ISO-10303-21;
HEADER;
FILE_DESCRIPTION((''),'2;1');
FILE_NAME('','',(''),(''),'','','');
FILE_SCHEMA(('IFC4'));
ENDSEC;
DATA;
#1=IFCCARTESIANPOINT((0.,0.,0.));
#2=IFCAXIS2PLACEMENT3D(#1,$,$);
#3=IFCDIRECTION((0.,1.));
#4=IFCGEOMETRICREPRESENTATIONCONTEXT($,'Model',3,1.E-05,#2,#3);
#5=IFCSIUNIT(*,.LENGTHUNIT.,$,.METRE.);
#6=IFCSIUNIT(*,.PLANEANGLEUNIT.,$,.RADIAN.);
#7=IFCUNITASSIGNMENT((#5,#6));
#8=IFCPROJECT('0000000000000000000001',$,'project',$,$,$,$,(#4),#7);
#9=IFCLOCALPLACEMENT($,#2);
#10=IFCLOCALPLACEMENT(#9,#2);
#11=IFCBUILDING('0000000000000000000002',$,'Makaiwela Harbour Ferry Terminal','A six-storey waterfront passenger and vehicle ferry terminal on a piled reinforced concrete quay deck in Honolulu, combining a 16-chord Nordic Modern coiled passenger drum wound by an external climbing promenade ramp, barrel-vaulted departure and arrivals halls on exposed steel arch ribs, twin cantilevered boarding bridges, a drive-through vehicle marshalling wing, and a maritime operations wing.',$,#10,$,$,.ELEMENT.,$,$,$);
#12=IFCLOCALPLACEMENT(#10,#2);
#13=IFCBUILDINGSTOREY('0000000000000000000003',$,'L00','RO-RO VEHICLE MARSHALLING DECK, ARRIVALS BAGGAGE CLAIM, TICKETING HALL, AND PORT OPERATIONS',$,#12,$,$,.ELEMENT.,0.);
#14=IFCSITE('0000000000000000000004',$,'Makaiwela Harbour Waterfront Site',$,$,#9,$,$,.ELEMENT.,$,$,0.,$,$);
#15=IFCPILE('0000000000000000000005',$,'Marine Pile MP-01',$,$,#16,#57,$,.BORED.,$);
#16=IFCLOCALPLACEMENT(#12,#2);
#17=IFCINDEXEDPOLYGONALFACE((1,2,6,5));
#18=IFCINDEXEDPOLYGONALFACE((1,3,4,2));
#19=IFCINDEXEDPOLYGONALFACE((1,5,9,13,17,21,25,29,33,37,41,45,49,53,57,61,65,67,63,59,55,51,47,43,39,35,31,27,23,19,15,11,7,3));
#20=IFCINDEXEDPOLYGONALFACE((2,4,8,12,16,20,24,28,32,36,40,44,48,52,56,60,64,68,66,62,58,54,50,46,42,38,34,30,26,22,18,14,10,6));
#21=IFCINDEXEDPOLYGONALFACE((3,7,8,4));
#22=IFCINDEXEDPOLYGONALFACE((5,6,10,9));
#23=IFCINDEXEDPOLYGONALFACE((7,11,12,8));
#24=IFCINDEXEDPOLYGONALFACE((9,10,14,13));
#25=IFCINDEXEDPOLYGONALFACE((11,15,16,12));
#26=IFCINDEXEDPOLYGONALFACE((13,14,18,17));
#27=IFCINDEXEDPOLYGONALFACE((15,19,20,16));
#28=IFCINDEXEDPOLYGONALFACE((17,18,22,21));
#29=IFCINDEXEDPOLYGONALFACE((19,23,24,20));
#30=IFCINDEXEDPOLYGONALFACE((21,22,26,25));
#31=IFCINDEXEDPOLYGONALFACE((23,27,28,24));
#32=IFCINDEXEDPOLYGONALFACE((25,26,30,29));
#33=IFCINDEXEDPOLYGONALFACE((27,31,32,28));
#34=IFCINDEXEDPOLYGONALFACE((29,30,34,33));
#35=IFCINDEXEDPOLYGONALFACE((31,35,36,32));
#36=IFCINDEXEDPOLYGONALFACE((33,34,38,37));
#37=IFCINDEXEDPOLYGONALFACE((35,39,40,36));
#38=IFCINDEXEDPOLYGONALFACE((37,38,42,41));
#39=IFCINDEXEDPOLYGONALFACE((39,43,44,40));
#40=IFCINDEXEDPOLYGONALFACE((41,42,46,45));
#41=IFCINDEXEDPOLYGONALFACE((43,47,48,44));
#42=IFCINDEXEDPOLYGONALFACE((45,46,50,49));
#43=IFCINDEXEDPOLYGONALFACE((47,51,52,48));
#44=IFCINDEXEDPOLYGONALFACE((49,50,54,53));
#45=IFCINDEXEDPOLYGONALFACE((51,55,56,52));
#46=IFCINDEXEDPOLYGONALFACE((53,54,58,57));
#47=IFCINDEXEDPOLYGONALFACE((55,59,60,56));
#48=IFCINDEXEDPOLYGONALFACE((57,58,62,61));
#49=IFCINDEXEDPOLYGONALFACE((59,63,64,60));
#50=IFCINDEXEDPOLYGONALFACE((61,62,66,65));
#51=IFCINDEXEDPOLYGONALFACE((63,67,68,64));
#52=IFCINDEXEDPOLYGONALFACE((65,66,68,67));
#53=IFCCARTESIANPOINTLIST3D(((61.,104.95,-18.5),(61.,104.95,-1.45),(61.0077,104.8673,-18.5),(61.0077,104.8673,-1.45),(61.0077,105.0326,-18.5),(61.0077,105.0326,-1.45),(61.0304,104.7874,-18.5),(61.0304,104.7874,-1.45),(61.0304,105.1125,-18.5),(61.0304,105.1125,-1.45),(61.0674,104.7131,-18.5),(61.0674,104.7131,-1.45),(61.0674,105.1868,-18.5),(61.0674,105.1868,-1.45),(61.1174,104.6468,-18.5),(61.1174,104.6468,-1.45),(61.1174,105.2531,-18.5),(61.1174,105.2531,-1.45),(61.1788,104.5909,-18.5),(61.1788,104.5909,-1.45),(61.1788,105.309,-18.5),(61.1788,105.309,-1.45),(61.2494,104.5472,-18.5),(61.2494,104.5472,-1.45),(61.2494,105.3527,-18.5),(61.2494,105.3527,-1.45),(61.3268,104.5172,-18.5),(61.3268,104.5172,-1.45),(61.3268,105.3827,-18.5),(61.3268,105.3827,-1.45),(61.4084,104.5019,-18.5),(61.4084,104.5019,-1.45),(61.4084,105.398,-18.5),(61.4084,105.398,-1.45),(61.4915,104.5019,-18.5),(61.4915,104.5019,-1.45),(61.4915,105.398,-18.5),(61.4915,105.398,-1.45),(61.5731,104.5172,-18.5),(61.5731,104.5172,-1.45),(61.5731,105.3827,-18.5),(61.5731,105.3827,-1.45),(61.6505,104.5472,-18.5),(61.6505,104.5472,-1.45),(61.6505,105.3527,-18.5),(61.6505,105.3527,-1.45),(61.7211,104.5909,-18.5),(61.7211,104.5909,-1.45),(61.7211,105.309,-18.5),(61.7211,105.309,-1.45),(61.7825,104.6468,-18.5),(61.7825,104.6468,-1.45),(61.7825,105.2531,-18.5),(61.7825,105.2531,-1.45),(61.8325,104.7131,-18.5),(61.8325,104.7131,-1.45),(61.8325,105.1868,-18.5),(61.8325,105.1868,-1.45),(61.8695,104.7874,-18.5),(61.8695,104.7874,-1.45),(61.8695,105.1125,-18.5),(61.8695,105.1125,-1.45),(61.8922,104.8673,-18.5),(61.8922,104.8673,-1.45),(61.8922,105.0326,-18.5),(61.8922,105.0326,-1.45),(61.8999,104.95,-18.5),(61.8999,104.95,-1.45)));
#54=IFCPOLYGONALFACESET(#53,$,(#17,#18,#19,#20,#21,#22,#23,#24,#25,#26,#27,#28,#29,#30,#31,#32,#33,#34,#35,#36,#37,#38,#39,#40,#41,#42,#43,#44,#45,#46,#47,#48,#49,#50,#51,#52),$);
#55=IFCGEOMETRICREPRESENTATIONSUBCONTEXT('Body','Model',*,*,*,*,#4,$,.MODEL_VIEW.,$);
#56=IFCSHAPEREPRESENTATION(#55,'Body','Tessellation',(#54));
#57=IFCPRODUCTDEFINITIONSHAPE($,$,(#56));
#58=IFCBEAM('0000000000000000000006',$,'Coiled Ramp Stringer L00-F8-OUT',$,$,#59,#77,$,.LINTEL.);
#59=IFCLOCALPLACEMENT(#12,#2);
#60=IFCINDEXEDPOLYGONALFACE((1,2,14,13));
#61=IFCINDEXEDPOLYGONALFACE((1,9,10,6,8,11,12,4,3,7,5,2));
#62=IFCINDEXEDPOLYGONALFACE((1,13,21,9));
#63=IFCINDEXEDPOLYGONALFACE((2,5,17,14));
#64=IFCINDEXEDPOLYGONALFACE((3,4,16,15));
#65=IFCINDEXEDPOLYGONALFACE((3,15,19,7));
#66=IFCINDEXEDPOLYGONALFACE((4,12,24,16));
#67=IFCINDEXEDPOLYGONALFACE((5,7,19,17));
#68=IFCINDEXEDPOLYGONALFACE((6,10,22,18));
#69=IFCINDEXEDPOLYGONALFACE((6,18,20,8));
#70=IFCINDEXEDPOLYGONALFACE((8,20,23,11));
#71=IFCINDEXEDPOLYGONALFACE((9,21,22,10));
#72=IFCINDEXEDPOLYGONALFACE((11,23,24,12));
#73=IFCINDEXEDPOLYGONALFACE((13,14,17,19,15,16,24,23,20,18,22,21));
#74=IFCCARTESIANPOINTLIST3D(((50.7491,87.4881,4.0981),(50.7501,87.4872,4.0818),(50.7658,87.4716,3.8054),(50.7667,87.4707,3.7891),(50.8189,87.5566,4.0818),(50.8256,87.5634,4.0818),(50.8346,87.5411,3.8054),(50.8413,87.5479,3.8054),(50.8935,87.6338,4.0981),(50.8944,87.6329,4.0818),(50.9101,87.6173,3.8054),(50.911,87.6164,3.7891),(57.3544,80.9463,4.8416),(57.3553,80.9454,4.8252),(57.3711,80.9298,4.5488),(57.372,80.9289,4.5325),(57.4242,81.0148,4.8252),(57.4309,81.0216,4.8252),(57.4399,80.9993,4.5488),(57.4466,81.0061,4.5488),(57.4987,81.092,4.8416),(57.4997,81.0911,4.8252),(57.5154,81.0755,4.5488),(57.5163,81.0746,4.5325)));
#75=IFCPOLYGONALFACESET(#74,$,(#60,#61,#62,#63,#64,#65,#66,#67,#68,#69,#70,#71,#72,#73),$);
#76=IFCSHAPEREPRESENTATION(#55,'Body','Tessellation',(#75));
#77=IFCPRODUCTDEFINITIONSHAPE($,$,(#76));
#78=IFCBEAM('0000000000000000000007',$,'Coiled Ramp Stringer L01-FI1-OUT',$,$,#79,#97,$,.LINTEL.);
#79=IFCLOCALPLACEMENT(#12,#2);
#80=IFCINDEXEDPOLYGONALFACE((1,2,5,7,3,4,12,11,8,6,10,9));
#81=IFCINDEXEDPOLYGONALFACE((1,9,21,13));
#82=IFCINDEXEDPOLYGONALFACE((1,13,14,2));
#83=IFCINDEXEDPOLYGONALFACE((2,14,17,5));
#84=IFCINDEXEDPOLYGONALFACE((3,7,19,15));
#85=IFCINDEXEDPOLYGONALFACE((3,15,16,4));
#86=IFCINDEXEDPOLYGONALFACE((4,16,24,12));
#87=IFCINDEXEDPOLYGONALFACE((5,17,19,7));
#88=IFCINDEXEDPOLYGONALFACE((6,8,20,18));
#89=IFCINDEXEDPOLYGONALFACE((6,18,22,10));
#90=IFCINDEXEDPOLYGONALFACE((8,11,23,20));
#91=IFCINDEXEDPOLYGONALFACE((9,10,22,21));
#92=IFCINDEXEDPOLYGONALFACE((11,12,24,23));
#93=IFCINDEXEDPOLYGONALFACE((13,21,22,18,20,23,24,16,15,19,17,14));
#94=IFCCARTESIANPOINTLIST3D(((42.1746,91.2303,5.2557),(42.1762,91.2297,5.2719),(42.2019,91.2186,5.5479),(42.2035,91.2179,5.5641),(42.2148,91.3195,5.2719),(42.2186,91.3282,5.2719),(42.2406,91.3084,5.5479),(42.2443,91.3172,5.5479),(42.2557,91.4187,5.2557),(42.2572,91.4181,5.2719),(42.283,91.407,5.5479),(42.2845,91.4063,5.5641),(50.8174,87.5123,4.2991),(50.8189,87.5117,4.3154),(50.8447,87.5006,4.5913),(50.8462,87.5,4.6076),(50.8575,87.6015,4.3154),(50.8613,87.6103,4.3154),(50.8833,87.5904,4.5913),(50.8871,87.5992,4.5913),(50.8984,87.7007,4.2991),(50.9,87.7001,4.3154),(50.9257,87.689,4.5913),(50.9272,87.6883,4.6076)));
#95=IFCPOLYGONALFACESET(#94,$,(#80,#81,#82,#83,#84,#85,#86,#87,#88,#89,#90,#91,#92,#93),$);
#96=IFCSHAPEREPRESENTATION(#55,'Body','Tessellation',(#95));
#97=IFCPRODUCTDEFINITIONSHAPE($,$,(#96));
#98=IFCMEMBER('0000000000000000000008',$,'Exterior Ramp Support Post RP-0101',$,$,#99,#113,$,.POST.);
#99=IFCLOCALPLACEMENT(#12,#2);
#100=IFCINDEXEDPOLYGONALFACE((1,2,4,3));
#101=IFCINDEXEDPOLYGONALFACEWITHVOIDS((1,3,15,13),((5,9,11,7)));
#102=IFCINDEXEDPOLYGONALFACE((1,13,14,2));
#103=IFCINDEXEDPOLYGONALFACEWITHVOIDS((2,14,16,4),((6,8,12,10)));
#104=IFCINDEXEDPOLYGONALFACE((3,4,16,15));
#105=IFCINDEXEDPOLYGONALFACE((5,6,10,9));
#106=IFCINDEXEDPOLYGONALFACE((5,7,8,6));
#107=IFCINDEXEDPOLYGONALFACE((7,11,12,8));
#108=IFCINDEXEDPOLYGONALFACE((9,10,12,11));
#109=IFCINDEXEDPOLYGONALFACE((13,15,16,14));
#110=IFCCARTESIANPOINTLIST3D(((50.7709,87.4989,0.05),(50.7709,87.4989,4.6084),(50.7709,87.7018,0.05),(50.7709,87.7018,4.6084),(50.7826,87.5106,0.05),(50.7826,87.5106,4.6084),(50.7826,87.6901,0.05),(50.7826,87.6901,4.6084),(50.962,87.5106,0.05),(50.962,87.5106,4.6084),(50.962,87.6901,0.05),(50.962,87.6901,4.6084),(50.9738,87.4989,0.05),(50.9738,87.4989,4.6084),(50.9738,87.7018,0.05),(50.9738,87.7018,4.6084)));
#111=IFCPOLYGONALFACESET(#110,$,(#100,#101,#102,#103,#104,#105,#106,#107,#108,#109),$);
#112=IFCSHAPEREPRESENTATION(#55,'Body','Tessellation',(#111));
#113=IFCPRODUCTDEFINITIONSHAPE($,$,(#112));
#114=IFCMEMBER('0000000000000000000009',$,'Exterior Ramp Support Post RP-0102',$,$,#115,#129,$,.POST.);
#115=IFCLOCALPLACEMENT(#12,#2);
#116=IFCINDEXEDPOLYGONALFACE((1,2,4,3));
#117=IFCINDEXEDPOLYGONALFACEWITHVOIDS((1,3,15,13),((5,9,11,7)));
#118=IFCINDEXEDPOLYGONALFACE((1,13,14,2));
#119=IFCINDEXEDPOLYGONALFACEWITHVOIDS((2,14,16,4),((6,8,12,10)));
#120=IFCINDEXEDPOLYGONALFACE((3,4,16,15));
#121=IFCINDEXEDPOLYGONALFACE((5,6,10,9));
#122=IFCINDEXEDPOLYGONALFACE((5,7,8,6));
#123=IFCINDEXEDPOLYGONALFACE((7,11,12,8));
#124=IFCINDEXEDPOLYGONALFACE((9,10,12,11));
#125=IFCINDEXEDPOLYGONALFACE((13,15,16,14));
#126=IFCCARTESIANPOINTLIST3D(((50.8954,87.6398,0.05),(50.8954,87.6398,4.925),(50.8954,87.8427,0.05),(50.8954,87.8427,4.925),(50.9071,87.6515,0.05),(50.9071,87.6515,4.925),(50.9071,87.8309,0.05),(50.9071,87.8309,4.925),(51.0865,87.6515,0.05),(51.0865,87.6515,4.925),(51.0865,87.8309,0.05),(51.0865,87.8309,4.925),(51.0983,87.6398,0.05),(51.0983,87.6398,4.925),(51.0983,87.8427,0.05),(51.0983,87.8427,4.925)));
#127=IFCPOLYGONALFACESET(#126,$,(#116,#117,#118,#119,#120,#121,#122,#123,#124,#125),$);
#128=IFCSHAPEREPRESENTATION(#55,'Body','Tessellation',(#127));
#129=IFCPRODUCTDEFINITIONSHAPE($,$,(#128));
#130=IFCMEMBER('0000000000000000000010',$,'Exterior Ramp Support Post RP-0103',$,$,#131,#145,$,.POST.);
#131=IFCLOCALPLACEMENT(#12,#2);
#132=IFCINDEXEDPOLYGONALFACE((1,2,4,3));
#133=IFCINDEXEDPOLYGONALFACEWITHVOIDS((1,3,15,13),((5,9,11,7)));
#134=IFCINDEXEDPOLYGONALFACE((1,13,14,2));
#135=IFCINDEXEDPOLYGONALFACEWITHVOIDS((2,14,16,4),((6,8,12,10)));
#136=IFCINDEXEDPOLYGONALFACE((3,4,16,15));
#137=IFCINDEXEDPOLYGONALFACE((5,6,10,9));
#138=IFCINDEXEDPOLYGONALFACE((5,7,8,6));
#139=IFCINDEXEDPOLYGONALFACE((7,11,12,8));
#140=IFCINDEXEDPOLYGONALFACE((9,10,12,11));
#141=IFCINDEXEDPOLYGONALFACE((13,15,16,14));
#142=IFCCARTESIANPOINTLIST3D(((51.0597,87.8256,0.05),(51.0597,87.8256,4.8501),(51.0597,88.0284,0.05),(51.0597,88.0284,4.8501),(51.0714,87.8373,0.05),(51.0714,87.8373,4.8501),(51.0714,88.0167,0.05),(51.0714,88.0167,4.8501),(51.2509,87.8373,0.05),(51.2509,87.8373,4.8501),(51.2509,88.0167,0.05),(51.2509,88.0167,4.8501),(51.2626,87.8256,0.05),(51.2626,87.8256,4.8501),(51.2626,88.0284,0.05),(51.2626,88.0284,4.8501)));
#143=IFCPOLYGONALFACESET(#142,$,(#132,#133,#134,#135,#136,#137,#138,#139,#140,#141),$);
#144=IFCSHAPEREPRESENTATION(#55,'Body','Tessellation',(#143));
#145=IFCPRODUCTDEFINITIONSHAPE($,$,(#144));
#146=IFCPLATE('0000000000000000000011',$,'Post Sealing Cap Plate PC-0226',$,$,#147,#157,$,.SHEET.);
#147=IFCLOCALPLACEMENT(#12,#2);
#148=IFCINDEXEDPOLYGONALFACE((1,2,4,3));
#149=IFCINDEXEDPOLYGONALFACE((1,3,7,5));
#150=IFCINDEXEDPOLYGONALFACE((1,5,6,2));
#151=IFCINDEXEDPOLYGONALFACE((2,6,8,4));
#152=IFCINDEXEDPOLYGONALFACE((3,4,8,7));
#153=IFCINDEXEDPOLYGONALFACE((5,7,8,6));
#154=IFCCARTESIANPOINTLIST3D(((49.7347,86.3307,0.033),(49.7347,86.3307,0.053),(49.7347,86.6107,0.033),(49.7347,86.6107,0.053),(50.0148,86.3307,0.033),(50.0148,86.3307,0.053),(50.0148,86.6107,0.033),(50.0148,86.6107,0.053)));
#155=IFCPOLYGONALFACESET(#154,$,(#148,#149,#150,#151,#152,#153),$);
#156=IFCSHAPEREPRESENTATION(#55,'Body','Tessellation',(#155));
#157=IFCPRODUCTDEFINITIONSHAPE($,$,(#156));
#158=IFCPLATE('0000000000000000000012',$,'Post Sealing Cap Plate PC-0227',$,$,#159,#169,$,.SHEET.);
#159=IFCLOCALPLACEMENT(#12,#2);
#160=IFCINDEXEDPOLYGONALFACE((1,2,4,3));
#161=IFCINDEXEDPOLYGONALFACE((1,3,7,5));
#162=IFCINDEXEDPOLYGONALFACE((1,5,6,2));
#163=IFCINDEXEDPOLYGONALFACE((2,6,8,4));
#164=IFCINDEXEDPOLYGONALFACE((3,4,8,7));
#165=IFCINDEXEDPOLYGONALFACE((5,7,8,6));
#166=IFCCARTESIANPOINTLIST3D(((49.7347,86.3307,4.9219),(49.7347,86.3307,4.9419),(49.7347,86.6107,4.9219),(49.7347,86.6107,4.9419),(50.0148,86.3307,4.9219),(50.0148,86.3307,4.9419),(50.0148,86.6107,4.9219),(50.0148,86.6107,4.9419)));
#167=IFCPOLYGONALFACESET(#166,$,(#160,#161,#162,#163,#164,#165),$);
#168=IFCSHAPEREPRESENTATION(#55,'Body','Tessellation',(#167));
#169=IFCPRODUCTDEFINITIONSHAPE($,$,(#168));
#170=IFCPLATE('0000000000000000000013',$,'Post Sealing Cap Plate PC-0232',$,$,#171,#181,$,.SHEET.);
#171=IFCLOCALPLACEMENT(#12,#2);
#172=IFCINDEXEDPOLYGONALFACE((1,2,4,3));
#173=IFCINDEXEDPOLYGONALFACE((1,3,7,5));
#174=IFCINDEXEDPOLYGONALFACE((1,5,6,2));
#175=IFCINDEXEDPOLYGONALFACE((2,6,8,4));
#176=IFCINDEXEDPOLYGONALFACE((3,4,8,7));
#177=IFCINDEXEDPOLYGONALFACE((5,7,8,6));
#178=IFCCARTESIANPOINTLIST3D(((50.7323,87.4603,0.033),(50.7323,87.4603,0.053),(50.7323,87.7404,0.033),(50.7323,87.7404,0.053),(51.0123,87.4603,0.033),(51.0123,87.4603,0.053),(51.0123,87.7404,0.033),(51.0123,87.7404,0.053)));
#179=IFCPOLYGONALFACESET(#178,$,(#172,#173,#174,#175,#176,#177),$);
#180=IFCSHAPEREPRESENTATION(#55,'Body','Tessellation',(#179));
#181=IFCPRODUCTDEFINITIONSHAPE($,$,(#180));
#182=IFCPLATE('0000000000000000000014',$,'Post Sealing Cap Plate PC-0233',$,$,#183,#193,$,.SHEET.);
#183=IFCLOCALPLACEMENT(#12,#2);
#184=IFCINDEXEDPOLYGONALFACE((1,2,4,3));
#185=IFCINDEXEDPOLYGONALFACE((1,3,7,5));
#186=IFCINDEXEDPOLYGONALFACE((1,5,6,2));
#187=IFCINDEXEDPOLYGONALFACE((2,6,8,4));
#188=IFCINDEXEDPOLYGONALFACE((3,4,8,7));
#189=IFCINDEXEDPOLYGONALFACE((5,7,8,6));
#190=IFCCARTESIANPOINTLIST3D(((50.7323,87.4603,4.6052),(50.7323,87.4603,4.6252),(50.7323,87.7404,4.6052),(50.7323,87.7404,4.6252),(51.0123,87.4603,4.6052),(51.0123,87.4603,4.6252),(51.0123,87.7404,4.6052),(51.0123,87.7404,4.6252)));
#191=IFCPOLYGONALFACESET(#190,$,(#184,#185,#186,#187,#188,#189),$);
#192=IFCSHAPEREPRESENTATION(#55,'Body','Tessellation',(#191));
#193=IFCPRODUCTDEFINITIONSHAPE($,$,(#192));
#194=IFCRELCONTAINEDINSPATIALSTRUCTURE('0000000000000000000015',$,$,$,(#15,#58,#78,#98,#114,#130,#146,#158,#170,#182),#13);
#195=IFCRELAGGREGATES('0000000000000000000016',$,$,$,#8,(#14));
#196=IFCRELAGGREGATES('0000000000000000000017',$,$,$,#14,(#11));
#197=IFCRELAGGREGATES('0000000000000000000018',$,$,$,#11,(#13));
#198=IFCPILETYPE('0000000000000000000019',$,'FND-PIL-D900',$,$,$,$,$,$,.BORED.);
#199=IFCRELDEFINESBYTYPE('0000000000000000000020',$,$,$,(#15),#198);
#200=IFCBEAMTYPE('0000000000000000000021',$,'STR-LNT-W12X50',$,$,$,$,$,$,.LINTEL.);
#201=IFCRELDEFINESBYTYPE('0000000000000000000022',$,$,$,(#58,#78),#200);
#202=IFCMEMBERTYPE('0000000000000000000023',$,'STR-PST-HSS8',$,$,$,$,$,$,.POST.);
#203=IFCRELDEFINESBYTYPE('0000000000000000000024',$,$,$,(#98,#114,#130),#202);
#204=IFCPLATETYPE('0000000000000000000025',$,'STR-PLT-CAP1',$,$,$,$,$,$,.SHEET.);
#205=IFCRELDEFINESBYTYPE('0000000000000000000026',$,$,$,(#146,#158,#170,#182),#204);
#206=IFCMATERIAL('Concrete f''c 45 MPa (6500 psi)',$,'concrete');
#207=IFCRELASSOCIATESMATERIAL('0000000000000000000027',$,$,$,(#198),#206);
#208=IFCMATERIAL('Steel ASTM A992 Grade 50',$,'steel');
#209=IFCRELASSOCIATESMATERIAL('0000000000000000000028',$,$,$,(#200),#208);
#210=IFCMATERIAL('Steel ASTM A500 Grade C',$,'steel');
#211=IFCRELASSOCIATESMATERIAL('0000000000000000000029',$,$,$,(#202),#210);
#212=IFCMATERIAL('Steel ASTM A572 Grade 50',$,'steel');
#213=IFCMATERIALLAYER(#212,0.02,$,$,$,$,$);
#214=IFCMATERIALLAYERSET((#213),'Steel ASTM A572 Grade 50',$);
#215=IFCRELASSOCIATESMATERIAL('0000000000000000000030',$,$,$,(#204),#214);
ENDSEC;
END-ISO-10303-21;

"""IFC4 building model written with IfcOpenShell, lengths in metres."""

from ifc_helpers import new_model, si_unit, direction, frame, origin, origin_2d, place, context, subcontext, project, spatial, rectangle, hollow_rectangle, circle, i_section, extrude, material, layer, layer_set, material_profile, profile_set, type_object, element, save


model = new_model("IFC4")

# Units and contexts
model_context = context("Model", 3, precision=1e-05, world=origin(), true_north=direction((0.0, 1.0)))
body_context = subcontext(model_context, "Body", "Model", "MODEL_VIEW")
ifc_project = project(units=[si_unit("LENGTHUNIT", "METRE"), si_unit("PLANEANGLEUNIT", "RADIAN")], contexts=[model_context])

# Site, building, storey
site_placement = place(None, origin())
site = spatial("IfcSite", under=ifc_project, at=site_placement, Name="Makaiwela Harbour Waterfront Site", CompositionType="ELEMENT", RefElevation=0.0)
building_placement = place(site_placement, origin())
building = spatial("IfcBuilding", under=site, at=building_placement, Name="Makaiwela Harbour Ferry Terminal", Description="A six-storey waterfront passenger and vehicle ferry terminal on a piled reinforced concrete quay deck in Honolulu, combining a 16-chord Nordic Modern coiled passenger drum wound by an external climbing promenade ramp, barrel-vaulted departure and arrivals halls on exposed steel arch ribs, twin cantilevered boarding bridges, a drive-through vehicle marshalling wing, and a maritime operations wing.", CompositionType="ELEMENT")
storey_placement = place(building_placement, origin())
storey = spatial("IfcBuildingStorey", under=building, at=storey_placement, Name="L00", Description="RO-RO VEHICLE MARSHALLING DECK, ARRIVALS BAGGAGE CLAIM, TICKETING HALL, AND PORT OPERATIONS", CompositionType="ELEMENT", Elevation=0.0)

# Pile
ifc_material_1 = material(Name="Concrete f'c 45 MPa (6500 psi)", Category="concrete")
ifc_material_profile_1 = material_profile(ifc_material_1, circle(Radius=0.45, at=origin_2d()), Name="PILE-D900")
ifc_profile_set_1 = profile_set([ifc_material_profile_1], Name="Concrete f'c 45 MPa (6500 psi)")
pile_type = type_object("IfcPileType", Name="FND-PIL-D900", PredefinedType="BORED", material=ifc_profile_set_1)
for number, where, z_axis, x_axis, name in (
    (1, (61.45, 104.95, -1.45), (0.0, 0.0, -1.0), (1.0, 0.0, 0.0), "Marine Pile MP-01"),
):
    element("IfcPile", number, at=place(storey_placement, frame(where, z_axis=z_axis, x_axis=x_axis)), inside=storey, type_object=pile_type, Name=name, PredefinedType="BORED", context=body_context, shape_type="SweptSolid", body=[
        extrude(circle(Radius=0.45, at=origin_2d()), origin(), (0.0, 0.0, 1.0), 17.05),
    ])

# Beams
ifc_material_2 = material(Name="Steel ASTM A992 Grade 50", Category="steel")
ifc_material_profile_2 = material_profile(ifc_material_2, i_section(OverallWidth=0.2051, OverallDepth=0.3101, WebThickness=0.0095, FlangeThickness=0.0164, at=origin_2d()), Name="W12X50")
ifc_profile_set_2 = profile_set([ifc_material_profile_2], Name="Steel ASTM A992 Grade 50")
beam_type = type_object("IfcBeamType", Name="STR-LNT-W12X50", PredefinedType="LINTEL", material=ifc_profile_set_2)
beam_1_placement = place(storey_placement, frame((50.8301, 87.5522, 3.9436), z_axis=(0.708252, -0.701445, 0.079713), x_axis=(0.703685, 0.710513, 0.0)))
element("IfcBeam", 2, at=beam_1_placement, inside=storey, type_object=beam_type, Name="Coiled Ramp Stringer L00-F8-OUT", PredefinedType="LINTEL", context=body_context, shape_type="SweptSolid", body=[
    extrude(i_section(OverallWidth=0.2051, OverallDepth=0.3101, WebThickness=0.0095, FlangeThickness=0.0164, at=origin_2d()), origin(), (0.0, 0.0, 1.0), 9.3262),
])
beam_2_placement = place(storey_placement, frame((50.8723, 87.6003, 4.4534), z_axis=(-0.913896, 0.393145, 0.101145), x_axis=(-0.395172, -0.918607, 0.0)))
element("IfcBeam", 3, at=beam_2_placement, inside=storey, type_object=beam_type, Name="Coiled Ramp Stringer L01-FI1-OUT", PredefinedType="LINTEL", context=body_context, shape_type="SweptSolid", body=[
    extrude(i_section(OverallWidth=0.2051, OverallDepth=0.3101, WebThickness=0.0095, FlangeThickness=0.0164, at=origin_2d()), origin(), (0.0, 0.0, 1.0), 9.457),
])

# Members
ifc_material_3 = material(Name="Steel ASTM A500 Grade C", Category="steel")
ifc_material_profile_3 = material_profile(ifc_material_3, hollow_rectangle(XDim=0.2029, YDim=0.2029, WallThickness=0.0117, at=origin_2d()), Name="HSS8X8X1/2")
ifc_profile_set_3 = profile_set([ifc_material_profile_3], Name="Steel ASTM A500 Grade C")
member_type = type_object("IfcMemberType", Name="STR-PST-HSS8", PredefinedType="POST", material=ifc_profile_set_3)
member_1_placement = place(storey_placement, frame((50.8723, 87.6003, 0.05), z_axis=(0.0, 0.0, 1.0), x_axis=(1.0, 0.0, 0.0)))
element("IfcMember", 4, at=member_1_placement, inside=storey, type_object=member_type, Name="Exterior Ramp Support Post RP-0101", PredefinedType="POST", context=body_context, shape_type="SweptSolid", body=[
    extrude(hollow_rectangle(XDim=0.2029, YDim=0.2029, WallThickness=0.0117, at=origin_2d()), origin(), (0.0, 0.0, 1.0), 4.5583),
])
member_2_placement = place(storey_placement, frame((50.9968, 87.7412, 0.05), z_axis=(0.0, 0.0, 1.0), x_axis=(1.0, 0.0, 0.0)))
element("IfcMember", 5, at=member_2_placement, inside=storey, type_object=member_type, Name="Exterior Ramp Support Post RP-0102", PredefinedType="POST", context=body_context, shape_type="SweptSolid", body=[
    extrude(hollow_rectangle(XDim=0.2029, YDim=0.2029, WallThickness=0.0117, at=origin_2d()), origin(), (0.0, 0.0, 1.0), 4.875),
])
member_3_placement = place(storey_placement, frame((51.1611, 87.927, 0.05), z_axis=(0.0, 0.0, 1.0), x_axis=(1.0, 0.0, 0.0)))
element("IfcMember", 6, at=member_3_placement, inside=storey, type_object=member_type, Name="Exterior Ramp Support Post RP-0103", PredefinedType="POST", context=body_context, shape_type="SweptSolid", body=[
    extrude(hollow_rectangle(XDim=0.2029, YDim=0.2029, WallThickness=0.0117, at=origin_2d()), origin(), (0.0, 0.0, 1.0), 4.8),
])

# Plates
ifc_material_4 = material(Name="Steel ASTM A572 Grade 50", Category="steel")
ifc_layer_1 = layer(ifc_material_4, 0.02)
ifc_layer_set_1 = layer_set([ifc_layer_1], Name="Steel ASTM A572 Grade 50")
plate_type = type_object("IfcPlateType", Name="STR-PLT-CAP1", PredefinedType="SHEET", material=ifc_layer_set_1)
for number, where, z_axis, x_axis, name in (
    (7, (49.8748, 86.4707, 0.033), (0.0, 0.0, 1.0), (1.0, 0.0, 0.0), "Post Sealing Cap Plate PC-0226"),
    (8, (49.8748, 86.4707, 4.9219), (0.0, 0.0, 1.0), (1.0, 0.0, 0.0), "Post Sealing Cap Plate PC-0227"),
    (9, (50.8723, 87.6003, 0.033), (0.0, 0.0, 1.0), (1.0, 0.0, 0.0), "Post Sealing Cap Plate PC-0232"),
    (10, (50.8723, 87.6003, 4.6052), (0.0, 0.0, 1.0), (1.0, 0.0, 0.0), "Post Sealing Cap Plate PC-0233"),
):
    element("IfcPlate", number, at=place(storey_placement, frame(where, z_axis=z_axis, x_axis=x_axis)), inside=storey, type_object=plate_type, Name=name, PredefinedType="SHEET", context=body_context, shape_type="SweptSolid", body=[
        extrude(rectangle(XDim=0.28, YDim=0.28, at=origin_2d()), origin(), (0.0, 0.0, 1.0), 0.02),
    ])

save(model, "model.ifc")
